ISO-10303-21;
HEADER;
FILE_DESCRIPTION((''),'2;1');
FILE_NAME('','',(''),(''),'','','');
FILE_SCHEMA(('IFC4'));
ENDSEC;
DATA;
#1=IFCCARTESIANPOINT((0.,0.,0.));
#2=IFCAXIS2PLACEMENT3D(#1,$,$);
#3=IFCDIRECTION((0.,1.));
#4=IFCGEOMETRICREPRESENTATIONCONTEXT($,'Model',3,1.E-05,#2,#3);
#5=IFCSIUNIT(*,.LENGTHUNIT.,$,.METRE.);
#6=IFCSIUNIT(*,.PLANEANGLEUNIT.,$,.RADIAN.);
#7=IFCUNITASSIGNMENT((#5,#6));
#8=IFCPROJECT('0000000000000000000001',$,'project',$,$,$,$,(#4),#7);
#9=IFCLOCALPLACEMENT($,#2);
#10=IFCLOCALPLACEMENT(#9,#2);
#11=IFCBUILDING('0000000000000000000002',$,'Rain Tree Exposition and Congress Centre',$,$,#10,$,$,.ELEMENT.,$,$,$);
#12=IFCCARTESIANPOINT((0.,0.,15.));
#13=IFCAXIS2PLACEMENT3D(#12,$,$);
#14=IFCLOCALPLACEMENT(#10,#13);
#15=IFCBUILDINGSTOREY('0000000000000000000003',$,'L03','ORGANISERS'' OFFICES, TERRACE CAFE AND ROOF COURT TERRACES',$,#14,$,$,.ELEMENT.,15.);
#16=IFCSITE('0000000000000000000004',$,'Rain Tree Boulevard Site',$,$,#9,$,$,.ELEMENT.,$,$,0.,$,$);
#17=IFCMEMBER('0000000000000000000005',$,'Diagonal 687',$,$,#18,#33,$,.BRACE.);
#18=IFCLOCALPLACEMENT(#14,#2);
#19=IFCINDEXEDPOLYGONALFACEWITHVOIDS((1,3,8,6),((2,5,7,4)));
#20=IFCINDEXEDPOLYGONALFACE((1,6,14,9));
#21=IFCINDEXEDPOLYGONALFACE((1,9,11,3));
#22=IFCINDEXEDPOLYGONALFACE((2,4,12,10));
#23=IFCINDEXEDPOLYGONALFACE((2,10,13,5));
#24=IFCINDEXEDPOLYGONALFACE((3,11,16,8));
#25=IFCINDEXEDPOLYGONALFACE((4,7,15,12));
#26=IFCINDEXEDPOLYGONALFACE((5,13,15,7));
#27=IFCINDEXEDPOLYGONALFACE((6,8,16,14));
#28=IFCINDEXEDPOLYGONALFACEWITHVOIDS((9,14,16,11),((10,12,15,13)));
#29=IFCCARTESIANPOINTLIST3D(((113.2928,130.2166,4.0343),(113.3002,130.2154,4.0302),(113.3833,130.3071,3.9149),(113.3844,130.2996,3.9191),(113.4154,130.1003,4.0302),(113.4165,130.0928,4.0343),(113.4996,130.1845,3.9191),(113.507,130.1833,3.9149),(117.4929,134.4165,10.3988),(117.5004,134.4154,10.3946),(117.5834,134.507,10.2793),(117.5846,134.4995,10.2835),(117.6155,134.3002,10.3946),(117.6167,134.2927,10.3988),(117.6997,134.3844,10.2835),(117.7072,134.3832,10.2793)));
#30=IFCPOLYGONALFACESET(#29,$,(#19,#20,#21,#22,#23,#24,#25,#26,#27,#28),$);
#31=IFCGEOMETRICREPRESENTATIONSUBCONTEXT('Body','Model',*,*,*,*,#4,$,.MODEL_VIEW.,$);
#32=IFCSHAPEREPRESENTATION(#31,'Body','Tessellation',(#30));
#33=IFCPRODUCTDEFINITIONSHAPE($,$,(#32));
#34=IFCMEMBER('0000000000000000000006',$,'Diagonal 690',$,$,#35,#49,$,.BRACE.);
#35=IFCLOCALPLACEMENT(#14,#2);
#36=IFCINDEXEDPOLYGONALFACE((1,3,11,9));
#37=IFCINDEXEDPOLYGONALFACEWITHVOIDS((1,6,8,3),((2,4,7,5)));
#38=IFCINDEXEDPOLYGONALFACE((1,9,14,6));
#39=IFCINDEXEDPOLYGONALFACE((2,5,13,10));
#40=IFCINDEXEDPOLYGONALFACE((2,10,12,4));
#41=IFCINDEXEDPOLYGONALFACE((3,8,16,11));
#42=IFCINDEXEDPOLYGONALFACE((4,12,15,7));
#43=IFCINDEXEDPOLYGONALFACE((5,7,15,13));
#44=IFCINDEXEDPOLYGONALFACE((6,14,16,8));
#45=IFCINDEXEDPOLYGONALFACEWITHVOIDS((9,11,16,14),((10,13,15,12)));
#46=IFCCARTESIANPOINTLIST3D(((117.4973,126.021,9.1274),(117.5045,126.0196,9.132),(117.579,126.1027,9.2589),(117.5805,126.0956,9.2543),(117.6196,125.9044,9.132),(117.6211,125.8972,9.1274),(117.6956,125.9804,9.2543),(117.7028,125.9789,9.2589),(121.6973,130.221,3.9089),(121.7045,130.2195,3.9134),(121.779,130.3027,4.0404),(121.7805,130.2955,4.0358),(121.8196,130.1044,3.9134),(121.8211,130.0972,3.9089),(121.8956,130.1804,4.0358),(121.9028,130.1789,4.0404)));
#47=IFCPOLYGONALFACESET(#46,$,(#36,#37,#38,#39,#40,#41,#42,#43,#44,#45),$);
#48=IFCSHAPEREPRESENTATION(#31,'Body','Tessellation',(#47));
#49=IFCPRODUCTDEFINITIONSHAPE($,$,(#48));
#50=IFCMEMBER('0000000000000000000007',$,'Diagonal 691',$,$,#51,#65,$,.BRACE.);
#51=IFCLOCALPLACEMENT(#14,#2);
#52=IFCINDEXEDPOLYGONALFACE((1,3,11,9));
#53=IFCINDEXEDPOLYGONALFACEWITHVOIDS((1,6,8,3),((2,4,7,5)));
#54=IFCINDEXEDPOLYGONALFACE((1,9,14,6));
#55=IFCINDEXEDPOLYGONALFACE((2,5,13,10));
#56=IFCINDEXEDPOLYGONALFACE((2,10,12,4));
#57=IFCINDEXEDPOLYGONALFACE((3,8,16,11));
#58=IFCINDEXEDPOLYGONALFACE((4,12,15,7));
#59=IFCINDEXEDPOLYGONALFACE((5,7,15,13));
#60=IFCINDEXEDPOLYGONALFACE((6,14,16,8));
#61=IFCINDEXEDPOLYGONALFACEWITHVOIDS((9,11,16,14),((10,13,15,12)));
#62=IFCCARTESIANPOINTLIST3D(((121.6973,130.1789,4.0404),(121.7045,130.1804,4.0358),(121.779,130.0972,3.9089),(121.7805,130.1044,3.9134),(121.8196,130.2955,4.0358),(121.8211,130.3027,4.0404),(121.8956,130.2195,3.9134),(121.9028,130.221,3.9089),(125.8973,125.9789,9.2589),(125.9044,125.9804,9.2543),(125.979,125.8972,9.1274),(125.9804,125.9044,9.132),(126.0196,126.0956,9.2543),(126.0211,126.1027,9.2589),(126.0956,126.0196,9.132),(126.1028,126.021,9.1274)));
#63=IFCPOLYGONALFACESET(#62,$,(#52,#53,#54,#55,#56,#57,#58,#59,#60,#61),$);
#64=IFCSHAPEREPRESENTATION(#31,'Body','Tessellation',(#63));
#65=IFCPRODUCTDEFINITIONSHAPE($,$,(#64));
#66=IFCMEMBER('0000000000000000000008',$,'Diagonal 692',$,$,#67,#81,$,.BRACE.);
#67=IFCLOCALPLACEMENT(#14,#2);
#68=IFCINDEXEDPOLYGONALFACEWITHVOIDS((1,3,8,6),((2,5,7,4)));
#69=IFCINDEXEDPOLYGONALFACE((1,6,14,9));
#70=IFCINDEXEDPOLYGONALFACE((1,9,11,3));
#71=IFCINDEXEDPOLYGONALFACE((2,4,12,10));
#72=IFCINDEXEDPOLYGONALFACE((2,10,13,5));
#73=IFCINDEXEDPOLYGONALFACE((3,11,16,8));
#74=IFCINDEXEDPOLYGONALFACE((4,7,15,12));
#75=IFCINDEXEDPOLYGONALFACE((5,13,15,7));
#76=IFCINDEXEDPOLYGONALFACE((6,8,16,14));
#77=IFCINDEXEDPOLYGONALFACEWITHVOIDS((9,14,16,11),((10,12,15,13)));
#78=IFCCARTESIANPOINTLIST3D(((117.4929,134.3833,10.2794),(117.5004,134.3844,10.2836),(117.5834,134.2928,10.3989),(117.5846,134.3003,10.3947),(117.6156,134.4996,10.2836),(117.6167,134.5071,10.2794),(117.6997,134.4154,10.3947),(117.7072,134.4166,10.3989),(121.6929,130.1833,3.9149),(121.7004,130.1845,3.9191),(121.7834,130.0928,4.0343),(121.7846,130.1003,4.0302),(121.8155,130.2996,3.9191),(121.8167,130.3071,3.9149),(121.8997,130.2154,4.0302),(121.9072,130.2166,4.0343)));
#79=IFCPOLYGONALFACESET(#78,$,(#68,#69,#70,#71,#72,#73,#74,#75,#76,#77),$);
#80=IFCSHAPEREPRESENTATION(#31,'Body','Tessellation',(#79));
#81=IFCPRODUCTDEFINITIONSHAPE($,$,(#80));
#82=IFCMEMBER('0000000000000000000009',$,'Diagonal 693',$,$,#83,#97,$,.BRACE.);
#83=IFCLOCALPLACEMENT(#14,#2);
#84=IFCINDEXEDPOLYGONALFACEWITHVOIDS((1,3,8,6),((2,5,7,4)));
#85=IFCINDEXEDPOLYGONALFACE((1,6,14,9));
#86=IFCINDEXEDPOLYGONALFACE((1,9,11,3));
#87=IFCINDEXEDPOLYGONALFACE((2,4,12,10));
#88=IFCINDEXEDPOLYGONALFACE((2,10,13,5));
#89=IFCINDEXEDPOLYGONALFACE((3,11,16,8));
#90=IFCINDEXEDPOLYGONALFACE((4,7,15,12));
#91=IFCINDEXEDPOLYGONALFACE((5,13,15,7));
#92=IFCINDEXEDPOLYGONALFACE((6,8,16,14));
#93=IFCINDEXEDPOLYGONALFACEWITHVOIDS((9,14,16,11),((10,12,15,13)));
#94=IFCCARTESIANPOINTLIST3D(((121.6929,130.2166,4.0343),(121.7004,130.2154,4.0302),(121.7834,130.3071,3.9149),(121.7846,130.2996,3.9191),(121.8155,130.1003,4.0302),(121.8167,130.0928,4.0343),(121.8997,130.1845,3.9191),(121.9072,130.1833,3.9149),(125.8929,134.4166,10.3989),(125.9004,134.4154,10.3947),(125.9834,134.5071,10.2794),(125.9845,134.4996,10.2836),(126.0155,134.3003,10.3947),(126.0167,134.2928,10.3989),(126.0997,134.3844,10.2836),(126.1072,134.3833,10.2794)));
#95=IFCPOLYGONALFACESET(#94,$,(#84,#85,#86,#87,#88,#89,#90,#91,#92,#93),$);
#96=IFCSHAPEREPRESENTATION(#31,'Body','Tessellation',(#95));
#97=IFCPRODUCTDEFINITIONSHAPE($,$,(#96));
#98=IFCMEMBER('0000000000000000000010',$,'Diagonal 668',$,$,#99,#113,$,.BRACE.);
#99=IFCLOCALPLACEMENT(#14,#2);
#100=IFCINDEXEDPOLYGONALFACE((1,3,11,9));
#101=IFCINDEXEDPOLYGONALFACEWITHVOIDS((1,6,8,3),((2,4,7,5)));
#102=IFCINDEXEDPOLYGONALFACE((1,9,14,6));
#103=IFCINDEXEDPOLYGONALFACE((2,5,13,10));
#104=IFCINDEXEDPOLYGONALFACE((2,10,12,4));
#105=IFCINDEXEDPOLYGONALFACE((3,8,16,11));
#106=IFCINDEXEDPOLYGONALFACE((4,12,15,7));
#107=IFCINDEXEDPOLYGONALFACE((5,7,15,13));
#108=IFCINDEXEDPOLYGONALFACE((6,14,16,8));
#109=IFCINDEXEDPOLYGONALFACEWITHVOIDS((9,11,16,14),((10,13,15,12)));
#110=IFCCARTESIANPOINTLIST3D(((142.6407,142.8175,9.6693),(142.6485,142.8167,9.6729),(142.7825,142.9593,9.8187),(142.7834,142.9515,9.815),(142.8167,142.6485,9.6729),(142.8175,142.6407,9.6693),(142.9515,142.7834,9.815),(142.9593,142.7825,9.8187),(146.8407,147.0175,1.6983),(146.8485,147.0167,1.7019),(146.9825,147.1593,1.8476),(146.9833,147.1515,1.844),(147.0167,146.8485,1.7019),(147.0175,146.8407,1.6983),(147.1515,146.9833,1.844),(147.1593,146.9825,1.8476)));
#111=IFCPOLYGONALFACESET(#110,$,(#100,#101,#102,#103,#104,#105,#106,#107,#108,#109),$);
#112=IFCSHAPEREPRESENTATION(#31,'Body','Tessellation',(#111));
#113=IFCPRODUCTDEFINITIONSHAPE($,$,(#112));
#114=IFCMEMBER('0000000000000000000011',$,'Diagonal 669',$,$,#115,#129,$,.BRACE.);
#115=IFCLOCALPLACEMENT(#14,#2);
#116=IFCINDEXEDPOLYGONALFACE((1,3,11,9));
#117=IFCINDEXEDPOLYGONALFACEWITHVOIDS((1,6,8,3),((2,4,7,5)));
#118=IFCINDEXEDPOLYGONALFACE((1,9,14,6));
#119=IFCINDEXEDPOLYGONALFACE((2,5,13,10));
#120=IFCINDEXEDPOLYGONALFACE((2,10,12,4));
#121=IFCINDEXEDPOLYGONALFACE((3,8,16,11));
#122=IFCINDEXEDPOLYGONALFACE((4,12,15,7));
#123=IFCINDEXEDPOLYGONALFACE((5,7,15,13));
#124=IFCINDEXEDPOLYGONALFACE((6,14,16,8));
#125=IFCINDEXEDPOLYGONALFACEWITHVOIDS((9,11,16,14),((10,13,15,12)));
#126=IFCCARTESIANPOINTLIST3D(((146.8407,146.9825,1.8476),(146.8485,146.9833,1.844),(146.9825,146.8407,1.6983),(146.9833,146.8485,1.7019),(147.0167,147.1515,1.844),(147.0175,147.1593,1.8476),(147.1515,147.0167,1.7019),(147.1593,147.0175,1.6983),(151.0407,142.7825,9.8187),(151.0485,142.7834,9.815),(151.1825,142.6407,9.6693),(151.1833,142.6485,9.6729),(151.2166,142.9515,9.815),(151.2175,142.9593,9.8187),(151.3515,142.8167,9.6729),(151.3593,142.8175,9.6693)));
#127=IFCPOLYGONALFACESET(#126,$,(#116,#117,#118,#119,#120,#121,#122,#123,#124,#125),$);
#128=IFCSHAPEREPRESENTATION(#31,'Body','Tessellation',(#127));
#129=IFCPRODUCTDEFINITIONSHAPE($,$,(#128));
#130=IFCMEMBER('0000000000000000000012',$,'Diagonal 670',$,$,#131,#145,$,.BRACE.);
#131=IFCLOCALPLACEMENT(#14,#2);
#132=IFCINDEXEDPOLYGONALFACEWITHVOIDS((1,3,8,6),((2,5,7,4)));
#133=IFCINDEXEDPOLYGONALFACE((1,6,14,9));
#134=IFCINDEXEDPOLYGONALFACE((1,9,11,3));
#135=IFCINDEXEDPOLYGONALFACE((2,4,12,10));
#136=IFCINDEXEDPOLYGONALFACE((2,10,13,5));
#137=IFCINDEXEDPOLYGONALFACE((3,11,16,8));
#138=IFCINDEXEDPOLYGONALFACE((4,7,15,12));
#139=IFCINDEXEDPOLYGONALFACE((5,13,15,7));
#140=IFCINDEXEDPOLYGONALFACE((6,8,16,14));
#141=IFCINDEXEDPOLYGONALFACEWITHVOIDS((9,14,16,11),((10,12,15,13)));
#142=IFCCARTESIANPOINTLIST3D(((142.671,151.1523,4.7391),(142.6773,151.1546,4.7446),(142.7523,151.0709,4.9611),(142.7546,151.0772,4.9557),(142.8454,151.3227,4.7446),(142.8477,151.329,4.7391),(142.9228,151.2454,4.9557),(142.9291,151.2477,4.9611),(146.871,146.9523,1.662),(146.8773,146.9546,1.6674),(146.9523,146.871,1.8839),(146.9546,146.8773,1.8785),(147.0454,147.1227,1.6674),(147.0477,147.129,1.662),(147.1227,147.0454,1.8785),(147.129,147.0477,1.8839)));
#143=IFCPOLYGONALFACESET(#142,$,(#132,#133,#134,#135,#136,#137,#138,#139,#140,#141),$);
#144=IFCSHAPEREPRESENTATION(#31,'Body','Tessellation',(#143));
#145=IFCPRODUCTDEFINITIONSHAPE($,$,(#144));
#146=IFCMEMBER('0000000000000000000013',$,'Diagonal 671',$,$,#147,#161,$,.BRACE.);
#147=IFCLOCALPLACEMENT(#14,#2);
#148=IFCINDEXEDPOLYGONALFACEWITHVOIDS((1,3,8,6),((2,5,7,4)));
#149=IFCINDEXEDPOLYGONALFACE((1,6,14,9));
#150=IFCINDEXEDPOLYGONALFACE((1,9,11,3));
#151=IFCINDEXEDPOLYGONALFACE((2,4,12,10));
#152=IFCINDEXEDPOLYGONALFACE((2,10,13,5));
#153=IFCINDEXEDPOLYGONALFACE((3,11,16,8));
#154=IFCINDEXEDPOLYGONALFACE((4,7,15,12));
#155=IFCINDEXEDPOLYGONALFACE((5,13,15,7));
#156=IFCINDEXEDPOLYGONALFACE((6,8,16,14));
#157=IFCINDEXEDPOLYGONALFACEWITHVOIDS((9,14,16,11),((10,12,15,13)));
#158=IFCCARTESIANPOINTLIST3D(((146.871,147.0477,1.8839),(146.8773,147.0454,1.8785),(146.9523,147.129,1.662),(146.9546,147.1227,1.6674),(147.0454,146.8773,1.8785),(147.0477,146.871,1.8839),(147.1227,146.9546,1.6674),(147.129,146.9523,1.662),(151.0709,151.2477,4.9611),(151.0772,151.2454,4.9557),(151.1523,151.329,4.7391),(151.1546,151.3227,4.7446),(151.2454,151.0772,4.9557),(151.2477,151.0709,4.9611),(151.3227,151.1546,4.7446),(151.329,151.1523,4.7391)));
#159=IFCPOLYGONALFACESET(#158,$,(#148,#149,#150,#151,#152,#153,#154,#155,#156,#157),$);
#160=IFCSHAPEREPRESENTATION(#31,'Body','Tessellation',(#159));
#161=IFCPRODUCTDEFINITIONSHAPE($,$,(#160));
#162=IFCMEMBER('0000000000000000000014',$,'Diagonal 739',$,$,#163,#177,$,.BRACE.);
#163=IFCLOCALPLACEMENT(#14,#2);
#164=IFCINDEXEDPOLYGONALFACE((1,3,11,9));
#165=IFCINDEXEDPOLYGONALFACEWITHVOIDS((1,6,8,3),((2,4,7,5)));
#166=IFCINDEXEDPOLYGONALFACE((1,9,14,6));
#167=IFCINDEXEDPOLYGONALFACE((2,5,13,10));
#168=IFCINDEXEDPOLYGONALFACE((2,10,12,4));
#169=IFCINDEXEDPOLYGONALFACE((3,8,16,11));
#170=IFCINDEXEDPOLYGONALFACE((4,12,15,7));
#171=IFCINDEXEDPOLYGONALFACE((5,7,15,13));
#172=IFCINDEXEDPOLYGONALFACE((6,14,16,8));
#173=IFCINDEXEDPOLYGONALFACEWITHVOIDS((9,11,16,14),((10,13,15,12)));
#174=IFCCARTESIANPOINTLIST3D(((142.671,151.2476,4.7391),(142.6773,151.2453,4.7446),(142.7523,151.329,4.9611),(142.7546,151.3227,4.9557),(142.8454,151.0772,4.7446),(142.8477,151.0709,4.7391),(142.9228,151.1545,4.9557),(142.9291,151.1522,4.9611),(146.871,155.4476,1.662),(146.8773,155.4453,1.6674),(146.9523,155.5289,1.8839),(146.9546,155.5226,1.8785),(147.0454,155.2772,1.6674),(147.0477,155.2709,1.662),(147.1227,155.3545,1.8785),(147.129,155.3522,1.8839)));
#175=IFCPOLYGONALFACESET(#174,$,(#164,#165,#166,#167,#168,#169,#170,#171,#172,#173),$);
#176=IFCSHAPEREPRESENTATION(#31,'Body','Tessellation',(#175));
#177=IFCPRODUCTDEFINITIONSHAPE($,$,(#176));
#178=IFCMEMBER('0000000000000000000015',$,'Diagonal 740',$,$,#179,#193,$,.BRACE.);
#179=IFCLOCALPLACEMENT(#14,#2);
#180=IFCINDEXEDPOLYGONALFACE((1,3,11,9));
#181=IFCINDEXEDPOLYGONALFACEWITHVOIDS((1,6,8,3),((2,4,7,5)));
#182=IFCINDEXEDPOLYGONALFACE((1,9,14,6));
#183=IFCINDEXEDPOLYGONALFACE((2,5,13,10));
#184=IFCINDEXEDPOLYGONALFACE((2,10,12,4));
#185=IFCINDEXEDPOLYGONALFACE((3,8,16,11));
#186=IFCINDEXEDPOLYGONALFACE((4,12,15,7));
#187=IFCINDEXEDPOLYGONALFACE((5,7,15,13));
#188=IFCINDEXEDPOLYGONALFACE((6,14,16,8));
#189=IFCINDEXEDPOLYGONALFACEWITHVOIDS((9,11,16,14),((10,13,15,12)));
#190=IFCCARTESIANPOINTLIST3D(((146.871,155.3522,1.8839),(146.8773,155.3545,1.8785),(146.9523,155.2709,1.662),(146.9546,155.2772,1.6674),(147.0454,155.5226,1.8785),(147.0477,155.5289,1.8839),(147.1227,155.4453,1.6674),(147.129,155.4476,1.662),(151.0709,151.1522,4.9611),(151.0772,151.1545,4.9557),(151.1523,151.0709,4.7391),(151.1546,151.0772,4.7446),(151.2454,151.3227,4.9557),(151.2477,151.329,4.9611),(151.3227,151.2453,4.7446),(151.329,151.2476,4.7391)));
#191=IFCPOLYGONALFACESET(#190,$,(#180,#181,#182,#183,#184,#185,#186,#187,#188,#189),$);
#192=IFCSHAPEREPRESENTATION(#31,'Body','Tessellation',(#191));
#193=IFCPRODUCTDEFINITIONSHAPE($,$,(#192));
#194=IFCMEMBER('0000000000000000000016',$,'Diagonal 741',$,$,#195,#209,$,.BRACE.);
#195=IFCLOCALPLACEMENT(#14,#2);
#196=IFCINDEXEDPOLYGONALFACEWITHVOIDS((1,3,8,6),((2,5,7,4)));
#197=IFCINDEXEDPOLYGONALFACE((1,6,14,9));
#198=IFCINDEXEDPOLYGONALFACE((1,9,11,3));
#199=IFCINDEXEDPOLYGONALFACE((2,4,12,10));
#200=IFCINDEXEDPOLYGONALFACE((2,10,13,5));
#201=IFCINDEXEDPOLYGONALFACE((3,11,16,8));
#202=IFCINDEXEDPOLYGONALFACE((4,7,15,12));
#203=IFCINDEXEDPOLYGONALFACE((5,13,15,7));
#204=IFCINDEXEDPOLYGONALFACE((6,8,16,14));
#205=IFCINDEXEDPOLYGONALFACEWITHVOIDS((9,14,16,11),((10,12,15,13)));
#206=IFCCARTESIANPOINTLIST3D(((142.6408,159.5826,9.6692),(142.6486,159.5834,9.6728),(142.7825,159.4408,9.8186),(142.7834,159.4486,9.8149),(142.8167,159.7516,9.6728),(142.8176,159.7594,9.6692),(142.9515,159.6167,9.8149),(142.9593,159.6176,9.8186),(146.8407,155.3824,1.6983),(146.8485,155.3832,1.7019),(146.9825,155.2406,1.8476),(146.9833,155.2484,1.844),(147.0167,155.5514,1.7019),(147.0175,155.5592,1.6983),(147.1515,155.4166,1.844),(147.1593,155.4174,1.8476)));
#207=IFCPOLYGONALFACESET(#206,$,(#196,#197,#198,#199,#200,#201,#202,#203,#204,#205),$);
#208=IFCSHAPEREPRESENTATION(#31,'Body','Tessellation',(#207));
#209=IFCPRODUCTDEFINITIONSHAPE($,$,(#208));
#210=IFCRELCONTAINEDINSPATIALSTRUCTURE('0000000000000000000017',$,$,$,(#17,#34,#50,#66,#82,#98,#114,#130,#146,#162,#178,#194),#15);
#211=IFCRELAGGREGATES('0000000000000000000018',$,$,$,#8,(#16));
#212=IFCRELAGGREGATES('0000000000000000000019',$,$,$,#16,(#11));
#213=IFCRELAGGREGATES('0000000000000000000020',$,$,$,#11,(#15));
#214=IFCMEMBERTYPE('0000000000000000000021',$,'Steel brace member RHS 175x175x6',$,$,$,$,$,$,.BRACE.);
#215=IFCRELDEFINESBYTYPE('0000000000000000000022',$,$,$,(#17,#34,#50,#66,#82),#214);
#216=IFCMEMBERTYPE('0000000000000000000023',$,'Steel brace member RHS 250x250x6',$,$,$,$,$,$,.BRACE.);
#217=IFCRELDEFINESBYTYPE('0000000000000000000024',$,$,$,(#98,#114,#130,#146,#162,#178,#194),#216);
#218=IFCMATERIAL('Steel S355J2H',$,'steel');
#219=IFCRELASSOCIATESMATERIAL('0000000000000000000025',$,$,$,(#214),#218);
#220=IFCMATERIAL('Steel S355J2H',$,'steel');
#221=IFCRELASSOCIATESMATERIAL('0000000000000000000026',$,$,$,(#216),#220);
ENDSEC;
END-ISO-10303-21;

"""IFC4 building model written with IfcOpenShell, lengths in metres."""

from ifc_helpers import new_model, si_unit, direction, frame, origin, origin_2d, place, context, subcontext, project, spatial, hollow_rectangle, extrude, material, material_profile, profile_set, type_object, element, save


model = new_model("IFC4")

# Units and contexts
model_context = context("Model", 3, precision=1e-05, world=origin(), true_north=direction((0.0, 1.0)))
body_context = subcontext(model_context, "Body", "Model", "MODEL_VIEW")
ifc_project = project(units=[si_unit("LENGTHUNIT", "METRE"), si_unit("PLANEANGLEUNIT", "RADIAN")], contexts=[model_context])

# Site, building, storey
site_placement = place(None, origin())
site = spatial("IfcSite", under=ifc_project, at=site_placement, Name="Rain Tree Boulevard Site", CompositionType="ELEMENT", RefElevation=0.0)
building_placement = place(site_placement, origin())
building = spatial("IfcBuilding", under=site, at=building_placement, Name="Rain Tree Exposition and Congress Centre", CompositionType="ELEMENT")
storey_placement = place(building_placement, frame((0.0, 0.0, 15.0)))
storey = spatial("IfcBuildingStorey", under=building, at=storey_placement, Name="L03", Description="ORGANISERS' OFFICES, TERRACE CAFE AND ROOF COURT TERRACES", CompositionType="ELEMENT", Elevation=15.0)

# Members
ifc_material_1 = material(Name="Steel S355J2H", Category="steel")
ifc_material_profile_1 = material_profile(ifc_material_1, hollow_rectangle(XDim=0.175, YDim=0.175, WallThickness=0.0061, at=origin_2d()), Name="RHS 175x175x6")
ifc_profile_set_1 = profile_set([ifc_material_profile_1], Name="Steel S355J2H")
member_type_1 = type_object("IfcMemberType", Name="Steel brace member RHS 175x175x6", PredefinedType="BRACE", material=ifc_profile_set_1)
member_1_placement = place(storey_placement, frame((113.3999, 130.2, 3.9746), z_axis=(0.482468, 0.48244, 0.731078), x_axis=(-0.707086, 0.707127, 0.0)))
element("IfcMember", 1, at=member_1_placement, inside=storey, type_object=member_type_1, Name="Diagonal 687", PredefinedType="BRACE", context=body_context, shape_type="SweptSolid", body=[
    extrude(hollow_rectangle(XDim=0.175, YDim=0.175, WallThickness=0.0061, at=origin_2d()), origin(), (0.0, 0.0, 1.0), 8.7056),
])
for number, where, z_axis, x_axis, name in (
    (2, (121.8, 130.2, 3.9746), (-0.531206, -0.531206, 0.660031), (0.707107, -0.707107, 0.0), "Diagonal 690"),
    (3, (121.8, 130.2, 3.9746), (0.531206, -0.531206, 0.660031), (0.707107, 0.707107, 0.0), "Diagonal 691"),
):
    element("IfcMember", number, at=place(storey_placement, frame(where, z_axis=z_axis, x_axis=x_axis)), inside=storey, type_object=member_type_1, Name=name, PredefinedType="BRACE", context=body_context, shape_type="SweptSolid", body=[
        extrude(hollow_rectangle(XDim=0.175, YDim=0.175, WallThickness=0.0061, at=origin_2d()), origin(), (0.0, 0.0, 1.0), 7.9065),
    ])
for number, where, z_axis, x_axis, name in (
    (4, (121.8, 130.2, 3.9746), (-0.482447, 0.482447, 0.731088), (-0.707107, -0.707107, 0.0), "Diagonal 692"),
    (5, (121.8, 130.2, 3.9746), (0.482447, 0.482447, 0.731088), (-0.707107, 0.707107, 0.0), "Diagonal 693"),
):
    element("IfcMember", number, at=place(storey_placement, frame(where, z_axis=z_axis, x_axis=x_axis)), inside=storey, type_object=member_type_1, Name=name, PredefinedType="BRACE", context=body_context, shape_type="SweptSolid", body=[
        extrude(hollow_rectangle(XDim=0.175, YDim=0.175, WallThickness=0.0061, at=origin_2d()), origin(), (0.0, 0.0, 1.0), 8.7056),
    ])
ifc_material_2 = material(Name="Steel S355J2H", Category="steel")
ifc_material_profile_2 = material_profile(ifc_material_2, hollow_rectangle(XDim=0.25, YDim=0.25, WallThickness=0.0061, at=origin_2d()), Name="RHS 250x250x6")
ifc_profile_set_2 = profile_set([ifc_material_profile_2], Name="Steel S355J2H")
member_type_2 = type_object("IfcMemberType", Name="Steel brace member RHS 250x250x6", PredefinedType="BRACE", material=ifc_profile_set_2)
for number, where, z_axis, x_axis, name in (
    (6, (147.0, 147.0, 1.7729), (-0.422506, -0.422506, 0.801859), (0.707107, -0.707107, 0.0), "Diagonal 668"),
    (7, (147.0, 147.0, 1.7729), (0.422506, -0.422506, 0.801859), (0.707107, 0.707107, 0.0), "Diagonal 669"),
):
    element("IfcMember", number, at=place(storey_placement, frame(where, z_axis=z_axis, x_axis=x_axis)), inside=storey, type_object=member_type_2, Name=name, PredefinedType="BRACE", context=body_context, shape_type="SweptSolid", body=[
        extrude(hollow_rectangle(XDim=0.25, YDim=0.25, WallThickness=0.0061, at=origin_2d()), origin(), (0.0, 0.0, 1.0), 9.9407),
    ])
for number, where, z_axis, x_axis, name in (
    (8, (147.0, 147.0, 1.7729), (-0.627852, 0.627852, 0.460004), (-0.707107, -0.707107, 0.0), "Diagonal 670"),
    (9, (147.0, 147.0, 1.7729), (0.627852, 0.627852, 0.460004), (-0.707107, 0.707107, 0.0), "Diagonal 671"),
    (10, (147.0, 155.3999, 1.7729), (-0.627852, -0.627852, 0.460004), (0.707107, -0.707107, 0.0), "Diagonal 739"),
    (11, (147.0, 155.3999, 1.7729), (0.627852, -0.627852, 0.460004), (0.707107, 0.707107, 0.0), "Diagonal 740"),
):
    element("IfcMember", number, at=place(storey_placement, frame(where, z_axis=z_axis, x_axis=x_axis)), inside=storey, type_object=member_type_2, Name=name, PredefinedType="BRACE", context=body_context, shape_type="SweptSolid", body=[
        extrude(hollow_rectangle(XDim=0.25, YDim=0.25, WallThickness=0.0061, at=origin_2d()), origin(), (0.0, 0.0, 1.0), 6.6895),
    ])
for number, where, z_axis, x_axis, name in (
    (12, (147.0, 155.3999, 1.7729), (-0.422501, 0.422526, 0.801851), (-0.707127, -0.707086, 0.0), "Diagonal 741"),
):
    element("IfcMember", number, at=place(storey_placement, frame(where, z_axis=z_axis, x_axis=x_axis)), inside=storey, type_object=member_type_2, Name=name, PredefinedType="BRACE", context=body_context, shape_type="SweptSolid", body=[
        extrude(hollow_rectangle(XDim=0.25, YDim=0.25, WallThickness=0.0061, at=origin_2d()), origin(), (0.0, 0.0, 1.0), 9.9407),
    ])

save(model, "model.ifc")
